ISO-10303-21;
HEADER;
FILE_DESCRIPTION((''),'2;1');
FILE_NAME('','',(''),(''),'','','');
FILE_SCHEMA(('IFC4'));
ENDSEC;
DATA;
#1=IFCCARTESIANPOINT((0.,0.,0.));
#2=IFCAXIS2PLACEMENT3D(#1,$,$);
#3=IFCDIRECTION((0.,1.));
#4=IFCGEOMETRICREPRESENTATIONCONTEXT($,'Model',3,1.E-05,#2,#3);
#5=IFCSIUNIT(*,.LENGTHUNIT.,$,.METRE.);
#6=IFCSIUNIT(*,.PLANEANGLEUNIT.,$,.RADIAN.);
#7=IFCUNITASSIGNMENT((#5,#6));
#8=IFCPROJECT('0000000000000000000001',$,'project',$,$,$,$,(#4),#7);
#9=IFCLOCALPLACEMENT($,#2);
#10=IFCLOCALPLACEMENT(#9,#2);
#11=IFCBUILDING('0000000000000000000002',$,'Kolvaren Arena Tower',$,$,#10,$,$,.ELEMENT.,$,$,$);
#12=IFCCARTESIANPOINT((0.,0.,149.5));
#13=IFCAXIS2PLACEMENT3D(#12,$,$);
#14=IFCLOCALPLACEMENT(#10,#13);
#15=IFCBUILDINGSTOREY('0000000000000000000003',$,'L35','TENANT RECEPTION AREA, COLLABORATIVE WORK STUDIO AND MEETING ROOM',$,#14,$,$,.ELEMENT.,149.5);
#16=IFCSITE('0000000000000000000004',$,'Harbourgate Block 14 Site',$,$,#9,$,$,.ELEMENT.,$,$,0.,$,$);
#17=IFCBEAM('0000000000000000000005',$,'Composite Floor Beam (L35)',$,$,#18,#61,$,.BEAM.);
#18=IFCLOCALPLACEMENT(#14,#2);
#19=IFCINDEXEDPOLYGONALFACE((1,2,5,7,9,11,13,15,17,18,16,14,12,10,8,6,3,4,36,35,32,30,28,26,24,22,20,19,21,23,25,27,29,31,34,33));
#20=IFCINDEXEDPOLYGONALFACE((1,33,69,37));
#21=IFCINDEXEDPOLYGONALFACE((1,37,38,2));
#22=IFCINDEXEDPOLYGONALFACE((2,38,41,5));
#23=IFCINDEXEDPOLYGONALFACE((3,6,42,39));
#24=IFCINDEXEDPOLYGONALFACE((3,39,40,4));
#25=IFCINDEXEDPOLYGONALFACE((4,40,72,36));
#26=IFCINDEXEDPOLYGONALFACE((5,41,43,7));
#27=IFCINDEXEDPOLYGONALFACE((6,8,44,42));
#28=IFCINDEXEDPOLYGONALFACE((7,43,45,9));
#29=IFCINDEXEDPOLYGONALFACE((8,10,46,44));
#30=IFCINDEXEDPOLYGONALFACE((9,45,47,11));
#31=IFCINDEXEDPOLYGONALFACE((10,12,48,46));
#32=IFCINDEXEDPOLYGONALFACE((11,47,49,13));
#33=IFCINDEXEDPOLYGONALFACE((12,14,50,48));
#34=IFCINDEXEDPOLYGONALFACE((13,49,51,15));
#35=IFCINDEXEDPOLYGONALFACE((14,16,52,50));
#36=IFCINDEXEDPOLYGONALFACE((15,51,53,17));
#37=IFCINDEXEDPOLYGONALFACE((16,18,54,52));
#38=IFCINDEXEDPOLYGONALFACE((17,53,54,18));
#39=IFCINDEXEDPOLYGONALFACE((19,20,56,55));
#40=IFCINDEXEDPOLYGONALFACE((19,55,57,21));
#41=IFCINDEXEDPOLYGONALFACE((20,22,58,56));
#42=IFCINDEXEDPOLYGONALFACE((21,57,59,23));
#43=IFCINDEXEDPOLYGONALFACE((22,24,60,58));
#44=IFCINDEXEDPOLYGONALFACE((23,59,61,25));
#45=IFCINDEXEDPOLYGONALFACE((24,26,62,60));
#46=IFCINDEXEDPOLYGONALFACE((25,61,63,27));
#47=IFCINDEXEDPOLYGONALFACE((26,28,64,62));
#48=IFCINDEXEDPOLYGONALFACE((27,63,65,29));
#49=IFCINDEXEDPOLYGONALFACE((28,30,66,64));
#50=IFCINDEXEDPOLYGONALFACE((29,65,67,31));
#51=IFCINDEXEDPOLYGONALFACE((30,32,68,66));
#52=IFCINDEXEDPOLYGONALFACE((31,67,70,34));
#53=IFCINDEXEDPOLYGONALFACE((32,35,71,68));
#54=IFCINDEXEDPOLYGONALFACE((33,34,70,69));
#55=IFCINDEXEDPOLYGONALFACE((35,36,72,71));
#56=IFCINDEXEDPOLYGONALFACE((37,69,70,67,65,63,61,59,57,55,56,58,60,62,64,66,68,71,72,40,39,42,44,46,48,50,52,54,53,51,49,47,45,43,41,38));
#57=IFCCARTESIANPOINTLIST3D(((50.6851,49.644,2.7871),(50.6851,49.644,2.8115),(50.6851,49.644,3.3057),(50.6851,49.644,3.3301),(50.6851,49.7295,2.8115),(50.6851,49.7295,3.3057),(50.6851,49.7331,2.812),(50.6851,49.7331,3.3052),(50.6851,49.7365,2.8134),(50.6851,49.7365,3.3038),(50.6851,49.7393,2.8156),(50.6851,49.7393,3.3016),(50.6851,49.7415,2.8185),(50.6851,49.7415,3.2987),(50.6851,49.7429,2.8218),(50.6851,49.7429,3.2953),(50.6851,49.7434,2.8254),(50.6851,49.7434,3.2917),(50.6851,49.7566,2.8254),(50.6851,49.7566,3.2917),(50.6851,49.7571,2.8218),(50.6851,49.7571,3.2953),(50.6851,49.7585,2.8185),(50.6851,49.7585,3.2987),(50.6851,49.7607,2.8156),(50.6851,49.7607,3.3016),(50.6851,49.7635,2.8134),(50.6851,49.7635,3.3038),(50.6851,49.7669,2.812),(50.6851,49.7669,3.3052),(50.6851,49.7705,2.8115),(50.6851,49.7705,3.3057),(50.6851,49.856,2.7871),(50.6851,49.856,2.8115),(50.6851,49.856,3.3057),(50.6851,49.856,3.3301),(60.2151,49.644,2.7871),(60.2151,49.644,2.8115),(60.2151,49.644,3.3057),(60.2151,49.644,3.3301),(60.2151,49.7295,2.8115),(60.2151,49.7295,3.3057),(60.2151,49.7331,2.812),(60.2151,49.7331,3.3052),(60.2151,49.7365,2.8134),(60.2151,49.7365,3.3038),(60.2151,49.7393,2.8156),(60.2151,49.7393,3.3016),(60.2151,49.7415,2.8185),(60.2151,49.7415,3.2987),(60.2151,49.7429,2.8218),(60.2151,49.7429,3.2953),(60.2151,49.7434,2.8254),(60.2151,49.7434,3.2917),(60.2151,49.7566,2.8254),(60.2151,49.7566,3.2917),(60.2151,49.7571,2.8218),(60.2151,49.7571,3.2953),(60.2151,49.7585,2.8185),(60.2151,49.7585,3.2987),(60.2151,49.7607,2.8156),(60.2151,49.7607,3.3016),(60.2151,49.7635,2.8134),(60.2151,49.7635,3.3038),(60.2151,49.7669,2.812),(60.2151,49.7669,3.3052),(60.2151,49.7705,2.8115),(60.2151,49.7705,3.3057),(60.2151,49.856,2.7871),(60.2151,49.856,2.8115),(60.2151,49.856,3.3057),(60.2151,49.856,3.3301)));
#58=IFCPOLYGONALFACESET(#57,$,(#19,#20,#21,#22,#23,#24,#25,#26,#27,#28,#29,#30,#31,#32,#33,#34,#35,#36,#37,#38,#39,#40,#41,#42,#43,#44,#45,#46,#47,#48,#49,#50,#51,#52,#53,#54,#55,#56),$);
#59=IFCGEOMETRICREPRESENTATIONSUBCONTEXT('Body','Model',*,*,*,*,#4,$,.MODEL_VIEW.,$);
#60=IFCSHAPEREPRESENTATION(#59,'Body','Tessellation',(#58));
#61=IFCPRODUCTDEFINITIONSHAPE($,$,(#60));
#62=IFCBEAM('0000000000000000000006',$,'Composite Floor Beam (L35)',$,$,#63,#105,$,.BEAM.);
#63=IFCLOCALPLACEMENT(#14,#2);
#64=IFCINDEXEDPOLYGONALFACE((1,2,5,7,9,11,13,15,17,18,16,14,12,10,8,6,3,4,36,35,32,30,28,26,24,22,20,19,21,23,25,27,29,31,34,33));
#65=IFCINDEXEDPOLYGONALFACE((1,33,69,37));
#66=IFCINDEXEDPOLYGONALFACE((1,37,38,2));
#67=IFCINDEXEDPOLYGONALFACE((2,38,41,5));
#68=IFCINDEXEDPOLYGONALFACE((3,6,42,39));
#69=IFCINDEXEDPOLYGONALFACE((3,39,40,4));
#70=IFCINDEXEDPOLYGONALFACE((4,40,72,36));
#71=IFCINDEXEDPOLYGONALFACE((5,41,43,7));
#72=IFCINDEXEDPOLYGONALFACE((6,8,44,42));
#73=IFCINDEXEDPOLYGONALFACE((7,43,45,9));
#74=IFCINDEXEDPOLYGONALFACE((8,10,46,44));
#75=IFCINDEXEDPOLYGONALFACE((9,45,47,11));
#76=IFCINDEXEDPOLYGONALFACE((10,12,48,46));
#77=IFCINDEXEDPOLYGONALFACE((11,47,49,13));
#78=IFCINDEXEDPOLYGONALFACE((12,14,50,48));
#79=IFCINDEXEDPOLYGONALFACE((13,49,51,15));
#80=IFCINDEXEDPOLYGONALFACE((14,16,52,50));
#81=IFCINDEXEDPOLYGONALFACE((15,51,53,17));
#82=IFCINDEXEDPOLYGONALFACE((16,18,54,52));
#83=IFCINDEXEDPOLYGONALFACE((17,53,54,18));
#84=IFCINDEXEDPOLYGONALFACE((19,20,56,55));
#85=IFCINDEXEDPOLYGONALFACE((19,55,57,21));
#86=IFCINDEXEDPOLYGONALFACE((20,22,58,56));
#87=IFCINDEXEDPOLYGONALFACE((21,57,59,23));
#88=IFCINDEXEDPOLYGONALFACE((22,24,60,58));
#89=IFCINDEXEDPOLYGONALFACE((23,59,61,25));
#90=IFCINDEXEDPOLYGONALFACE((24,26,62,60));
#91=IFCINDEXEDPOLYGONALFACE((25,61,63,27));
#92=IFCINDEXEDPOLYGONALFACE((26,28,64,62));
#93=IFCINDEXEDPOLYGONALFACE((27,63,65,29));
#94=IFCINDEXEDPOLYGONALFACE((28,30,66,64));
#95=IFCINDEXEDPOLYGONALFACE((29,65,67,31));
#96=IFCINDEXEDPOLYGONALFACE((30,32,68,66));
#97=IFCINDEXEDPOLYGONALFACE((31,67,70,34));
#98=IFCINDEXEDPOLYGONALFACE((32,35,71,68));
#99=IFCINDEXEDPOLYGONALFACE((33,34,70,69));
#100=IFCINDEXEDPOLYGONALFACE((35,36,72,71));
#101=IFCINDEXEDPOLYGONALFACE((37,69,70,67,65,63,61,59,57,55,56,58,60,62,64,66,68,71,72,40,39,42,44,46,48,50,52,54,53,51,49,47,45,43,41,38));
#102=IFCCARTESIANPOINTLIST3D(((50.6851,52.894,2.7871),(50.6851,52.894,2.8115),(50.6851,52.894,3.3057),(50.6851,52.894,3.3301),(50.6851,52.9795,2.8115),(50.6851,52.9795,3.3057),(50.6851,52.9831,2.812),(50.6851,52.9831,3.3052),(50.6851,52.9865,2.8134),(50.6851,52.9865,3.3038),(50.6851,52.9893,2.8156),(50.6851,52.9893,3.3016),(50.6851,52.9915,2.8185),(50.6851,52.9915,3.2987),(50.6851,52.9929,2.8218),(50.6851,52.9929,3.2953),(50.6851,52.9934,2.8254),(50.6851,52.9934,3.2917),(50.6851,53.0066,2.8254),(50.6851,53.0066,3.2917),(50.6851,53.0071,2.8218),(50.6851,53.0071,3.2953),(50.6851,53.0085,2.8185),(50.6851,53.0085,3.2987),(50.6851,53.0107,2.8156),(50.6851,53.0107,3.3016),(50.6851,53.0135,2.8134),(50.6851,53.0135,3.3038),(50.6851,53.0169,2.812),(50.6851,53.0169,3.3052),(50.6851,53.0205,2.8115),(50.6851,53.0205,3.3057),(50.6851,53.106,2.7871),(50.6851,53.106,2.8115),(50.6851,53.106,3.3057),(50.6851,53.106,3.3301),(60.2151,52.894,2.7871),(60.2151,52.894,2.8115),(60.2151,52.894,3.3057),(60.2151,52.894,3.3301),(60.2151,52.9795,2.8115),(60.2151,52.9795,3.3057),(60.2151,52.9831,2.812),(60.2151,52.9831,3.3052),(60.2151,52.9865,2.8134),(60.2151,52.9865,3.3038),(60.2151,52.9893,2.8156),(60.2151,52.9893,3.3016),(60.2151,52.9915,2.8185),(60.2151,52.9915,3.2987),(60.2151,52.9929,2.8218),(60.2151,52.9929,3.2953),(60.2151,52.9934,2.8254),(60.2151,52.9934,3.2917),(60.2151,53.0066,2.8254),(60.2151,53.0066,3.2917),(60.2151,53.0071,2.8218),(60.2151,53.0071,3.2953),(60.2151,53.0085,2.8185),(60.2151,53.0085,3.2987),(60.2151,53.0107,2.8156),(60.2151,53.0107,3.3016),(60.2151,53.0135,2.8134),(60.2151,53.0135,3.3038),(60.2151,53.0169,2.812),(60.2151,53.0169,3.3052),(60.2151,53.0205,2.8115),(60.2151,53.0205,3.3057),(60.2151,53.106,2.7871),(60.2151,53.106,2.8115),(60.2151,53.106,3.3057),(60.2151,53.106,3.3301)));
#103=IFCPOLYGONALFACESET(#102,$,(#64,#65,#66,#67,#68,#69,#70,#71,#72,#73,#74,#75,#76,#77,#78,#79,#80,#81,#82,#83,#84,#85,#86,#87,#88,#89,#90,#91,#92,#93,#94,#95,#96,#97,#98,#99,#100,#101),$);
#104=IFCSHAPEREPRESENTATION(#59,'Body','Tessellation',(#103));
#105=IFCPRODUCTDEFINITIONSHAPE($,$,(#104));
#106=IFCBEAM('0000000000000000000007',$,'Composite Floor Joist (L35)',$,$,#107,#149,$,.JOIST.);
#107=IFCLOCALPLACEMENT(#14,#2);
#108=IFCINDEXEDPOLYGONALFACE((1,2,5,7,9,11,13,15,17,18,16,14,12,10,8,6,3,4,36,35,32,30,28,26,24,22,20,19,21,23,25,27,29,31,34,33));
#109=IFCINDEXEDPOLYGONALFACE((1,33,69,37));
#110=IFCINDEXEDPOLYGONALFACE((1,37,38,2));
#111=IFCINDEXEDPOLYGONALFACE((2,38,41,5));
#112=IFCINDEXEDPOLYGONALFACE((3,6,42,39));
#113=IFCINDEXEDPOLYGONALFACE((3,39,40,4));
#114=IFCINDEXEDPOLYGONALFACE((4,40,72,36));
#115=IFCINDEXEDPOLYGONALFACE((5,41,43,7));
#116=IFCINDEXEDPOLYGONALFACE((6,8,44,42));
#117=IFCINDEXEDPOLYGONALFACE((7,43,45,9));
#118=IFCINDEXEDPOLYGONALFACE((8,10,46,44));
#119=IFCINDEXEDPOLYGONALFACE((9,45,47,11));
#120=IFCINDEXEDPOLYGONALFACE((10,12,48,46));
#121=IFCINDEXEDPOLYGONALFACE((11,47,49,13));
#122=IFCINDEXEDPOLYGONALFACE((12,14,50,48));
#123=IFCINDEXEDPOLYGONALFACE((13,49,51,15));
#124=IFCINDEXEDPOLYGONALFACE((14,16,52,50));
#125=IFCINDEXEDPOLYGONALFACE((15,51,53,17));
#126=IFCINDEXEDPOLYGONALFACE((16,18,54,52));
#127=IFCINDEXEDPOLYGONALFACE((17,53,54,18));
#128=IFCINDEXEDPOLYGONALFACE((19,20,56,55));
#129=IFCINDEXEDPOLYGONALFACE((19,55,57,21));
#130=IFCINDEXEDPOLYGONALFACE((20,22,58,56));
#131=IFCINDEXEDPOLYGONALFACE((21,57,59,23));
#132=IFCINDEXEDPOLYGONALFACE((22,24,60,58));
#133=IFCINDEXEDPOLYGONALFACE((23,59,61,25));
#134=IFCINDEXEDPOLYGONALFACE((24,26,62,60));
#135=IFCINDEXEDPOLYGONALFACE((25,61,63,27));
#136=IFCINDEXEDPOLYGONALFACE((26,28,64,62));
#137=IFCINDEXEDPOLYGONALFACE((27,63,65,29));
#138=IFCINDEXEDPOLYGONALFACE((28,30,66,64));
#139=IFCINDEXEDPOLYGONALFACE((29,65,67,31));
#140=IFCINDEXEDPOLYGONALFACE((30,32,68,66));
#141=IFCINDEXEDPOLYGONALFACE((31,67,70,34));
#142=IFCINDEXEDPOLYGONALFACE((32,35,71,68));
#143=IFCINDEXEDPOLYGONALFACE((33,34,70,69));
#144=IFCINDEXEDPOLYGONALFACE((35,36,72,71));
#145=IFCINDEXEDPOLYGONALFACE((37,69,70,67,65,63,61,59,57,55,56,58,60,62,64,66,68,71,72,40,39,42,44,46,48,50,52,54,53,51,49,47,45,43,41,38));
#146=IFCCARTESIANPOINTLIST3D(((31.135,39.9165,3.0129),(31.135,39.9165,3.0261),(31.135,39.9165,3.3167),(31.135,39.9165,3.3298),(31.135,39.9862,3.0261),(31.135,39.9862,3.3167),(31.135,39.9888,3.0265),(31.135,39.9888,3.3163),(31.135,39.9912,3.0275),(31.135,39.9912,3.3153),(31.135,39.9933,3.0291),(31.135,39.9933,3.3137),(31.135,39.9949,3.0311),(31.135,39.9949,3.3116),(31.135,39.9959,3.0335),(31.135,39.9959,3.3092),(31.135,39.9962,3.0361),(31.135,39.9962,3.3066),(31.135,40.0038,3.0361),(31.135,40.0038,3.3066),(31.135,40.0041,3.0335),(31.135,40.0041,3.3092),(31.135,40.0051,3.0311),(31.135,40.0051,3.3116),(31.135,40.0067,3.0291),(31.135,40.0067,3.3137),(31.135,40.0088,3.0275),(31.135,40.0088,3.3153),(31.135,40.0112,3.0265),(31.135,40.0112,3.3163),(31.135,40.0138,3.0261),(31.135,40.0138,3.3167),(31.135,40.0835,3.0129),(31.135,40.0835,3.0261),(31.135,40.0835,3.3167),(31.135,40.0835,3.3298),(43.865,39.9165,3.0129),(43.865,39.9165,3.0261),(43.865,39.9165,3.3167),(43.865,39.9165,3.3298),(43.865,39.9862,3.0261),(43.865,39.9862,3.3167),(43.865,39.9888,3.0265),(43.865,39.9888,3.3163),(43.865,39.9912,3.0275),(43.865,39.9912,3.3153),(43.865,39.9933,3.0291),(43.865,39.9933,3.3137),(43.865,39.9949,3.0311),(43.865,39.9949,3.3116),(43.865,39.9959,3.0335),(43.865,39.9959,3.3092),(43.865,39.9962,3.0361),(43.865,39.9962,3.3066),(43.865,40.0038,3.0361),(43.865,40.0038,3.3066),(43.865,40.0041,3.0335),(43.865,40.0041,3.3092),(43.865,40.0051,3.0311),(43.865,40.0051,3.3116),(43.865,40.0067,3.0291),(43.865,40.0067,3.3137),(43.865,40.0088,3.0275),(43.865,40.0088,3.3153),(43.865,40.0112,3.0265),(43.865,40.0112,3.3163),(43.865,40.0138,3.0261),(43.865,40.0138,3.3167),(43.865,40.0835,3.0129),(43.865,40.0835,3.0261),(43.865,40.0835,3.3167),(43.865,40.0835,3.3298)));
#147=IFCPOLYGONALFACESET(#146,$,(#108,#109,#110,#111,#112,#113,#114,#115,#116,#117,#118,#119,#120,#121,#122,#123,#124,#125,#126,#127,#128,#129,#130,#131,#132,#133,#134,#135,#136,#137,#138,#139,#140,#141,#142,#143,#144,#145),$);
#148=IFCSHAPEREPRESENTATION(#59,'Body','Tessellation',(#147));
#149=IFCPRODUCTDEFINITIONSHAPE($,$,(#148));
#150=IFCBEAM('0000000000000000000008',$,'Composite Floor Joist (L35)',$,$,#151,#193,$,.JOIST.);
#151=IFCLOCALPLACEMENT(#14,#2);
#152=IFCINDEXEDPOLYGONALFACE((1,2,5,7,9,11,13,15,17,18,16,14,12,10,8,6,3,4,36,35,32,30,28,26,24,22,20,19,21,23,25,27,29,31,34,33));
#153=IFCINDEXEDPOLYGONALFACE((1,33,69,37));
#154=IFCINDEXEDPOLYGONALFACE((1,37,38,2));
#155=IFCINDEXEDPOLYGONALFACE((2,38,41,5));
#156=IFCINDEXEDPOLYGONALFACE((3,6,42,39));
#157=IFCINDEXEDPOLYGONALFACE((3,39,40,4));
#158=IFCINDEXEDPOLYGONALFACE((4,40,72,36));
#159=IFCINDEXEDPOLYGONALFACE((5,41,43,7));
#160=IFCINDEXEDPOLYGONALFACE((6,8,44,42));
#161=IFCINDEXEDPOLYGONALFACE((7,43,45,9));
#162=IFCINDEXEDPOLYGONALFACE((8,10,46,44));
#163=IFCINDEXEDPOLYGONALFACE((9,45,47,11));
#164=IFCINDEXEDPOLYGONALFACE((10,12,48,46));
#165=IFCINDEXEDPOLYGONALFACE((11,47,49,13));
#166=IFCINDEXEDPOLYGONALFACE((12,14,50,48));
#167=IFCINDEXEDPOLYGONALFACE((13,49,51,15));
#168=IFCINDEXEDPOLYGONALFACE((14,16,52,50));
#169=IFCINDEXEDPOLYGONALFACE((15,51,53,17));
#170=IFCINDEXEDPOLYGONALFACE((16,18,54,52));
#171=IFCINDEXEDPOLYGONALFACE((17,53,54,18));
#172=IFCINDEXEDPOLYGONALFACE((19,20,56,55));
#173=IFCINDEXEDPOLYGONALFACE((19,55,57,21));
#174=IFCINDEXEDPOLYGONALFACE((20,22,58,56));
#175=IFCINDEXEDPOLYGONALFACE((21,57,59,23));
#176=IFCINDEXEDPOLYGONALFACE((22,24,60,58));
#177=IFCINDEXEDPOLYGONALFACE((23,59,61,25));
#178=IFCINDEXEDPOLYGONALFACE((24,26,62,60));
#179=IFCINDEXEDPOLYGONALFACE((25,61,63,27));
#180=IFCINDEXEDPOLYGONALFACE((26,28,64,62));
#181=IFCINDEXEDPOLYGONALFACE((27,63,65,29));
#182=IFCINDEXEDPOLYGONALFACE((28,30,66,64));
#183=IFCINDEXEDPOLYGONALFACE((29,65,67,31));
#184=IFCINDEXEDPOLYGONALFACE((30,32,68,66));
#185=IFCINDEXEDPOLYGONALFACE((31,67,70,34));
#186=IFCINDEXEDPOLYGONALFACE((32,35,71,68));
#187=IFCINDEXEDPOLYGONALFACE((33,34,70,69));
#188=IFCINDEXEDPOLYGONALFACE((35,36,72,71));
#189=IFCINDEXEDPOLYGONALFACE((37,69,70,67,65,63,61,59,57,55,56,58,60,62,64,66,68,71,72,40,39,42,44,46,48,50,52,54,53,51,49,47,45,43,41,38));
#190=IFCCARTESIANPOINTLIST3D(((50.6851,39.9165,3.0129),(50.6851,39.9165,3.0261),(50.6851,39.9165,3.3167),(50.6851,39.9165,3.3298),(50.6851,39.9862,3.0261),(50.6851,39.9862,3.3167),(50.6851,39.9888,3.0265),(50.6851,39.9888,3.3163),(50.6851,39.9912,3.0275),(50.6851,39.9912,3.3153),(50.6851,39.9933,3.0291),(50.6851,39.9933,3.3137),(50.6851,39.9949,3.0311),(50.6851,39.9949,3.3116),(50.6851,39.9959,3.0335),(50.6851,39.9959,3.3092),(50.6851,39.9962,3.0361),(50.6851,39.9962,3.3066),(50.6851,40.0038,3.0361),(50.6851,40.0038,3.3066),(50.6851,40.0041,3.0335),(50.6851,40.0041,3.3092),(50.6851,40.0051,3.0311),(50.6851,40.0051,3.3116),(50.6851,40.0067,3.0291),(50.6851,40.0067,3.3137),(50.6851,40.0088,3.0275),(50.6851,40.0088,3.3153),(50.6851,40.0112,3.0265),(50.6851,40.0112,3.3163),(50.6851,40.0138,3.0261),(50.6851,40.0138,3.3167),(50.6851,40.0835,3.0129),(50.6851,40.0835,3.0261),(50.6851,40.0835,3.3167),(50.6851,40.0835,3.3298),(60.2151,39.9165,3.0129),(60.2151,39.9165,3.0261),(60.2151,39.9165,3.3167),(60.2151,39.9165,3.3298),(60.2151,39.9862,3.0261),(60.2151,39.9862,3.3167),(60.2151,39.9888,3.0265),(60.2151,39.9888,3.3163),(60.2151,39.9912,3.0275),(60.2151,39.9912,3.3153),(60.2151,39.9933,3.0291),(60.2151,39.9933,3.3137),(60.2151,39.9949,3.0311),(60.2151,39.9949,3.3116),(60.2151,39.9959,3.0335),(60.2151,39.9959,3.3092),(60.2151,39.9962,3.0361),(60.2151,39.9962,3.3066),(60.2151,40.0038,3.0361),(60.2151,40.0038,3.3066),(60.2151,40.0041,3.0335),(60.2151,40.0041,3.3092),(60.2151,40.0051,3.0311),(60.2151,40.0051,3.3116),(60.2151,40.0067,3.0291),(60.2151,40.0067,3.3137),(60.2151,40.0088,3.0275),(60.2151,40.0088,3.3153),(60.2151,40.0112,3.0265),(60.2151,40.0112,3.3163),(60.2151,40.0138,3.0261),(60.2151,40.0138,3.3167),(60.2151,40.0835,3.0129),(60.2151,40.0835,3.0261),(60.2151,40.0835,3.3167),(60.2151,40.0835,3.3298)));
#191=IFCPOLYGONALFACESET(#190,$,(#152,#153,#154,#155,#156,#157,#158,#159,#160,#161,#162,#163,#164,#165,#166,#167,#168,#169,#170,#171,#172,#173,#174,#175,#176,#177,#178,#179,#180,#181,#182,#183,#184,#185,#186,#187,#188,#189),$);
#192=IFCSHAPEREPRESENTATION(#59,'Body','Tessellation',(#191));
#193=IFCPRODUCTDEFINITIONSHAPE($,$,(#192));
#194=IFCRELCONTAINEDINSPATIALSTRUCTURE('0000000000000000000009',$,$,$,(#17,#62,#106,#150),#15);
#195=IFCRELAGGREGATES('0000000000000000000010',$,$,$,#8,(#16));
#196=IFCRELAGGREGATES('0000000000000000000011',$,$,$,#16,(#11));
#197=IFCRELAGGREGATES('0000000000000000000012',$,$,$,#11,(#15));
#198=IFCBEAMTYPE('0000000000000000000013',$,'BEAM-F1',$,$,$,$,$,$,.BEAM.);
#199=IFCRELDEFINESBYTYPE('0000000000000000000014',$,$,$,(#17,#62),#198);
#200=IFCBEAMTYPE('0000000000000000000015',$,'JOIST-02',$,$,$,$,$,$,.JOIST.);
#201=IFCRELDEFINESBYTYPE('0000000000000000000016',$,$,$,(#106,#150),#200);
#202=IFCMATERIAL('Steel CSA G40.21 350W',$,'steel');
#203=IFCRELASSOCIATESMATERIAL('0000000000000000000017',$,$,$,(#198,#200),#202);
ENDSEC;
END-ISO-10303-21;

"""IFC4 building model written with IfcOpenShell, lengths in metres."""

from ifc_helpers import new_model, si_unit, direction, frame, origin, origin_2d, place, context, subcontext, project, spatial, i_section, extrude, material, material_profile, profile_set, type_object, element, save


model = new_model("IFC4")

# Units and contexts
model_context = context("Model", 3, precision=1e-05, world=origin(), true_north=direction((0.0, 1.0)))
body_context = subcontext(model_context, "Body", "Model", "MODEL_VIEW")
ifc_project = project(units=[si_unit("LENGTHUNIT", "METRE"), si_unit("PLANEANGLEUNIT", "RADIAN")], contexts=[model_context])

# Site, building, storey
site_placement = place(None, origin())
site = spatial("IfcSite", under=ifc_project, at=site_placement, Name="Harbourgate Block 14 Site", CompositionType="ELEMENT", RefElevation=0.0)
building_placement = place(site_placement, origin())
building = spatial("IfcBuilding", under=site, at=building_placement, Name="Kolvaren Arena Tower", CompositionType="ELEMENT")
storey_placement = place(building_placement, frame((0.0, 0.0, 149.5)))
storey = spatial("IfcBuildingStorey", under=building, at=storey_placement, Name="L35", Description="TENANT RECEPTION AREA, COLLABORATIVE WORK STUDIO AND MEETING ROOM", CompositionType="ELEMENT", Elevation=149.5)

# Beams
ifc_material_1 = material(Name="Steel CSA G40.21 350W", Category="steel")
ifc_material_profile_1 = material_profile(ifc_material_1, i_section(OverallWidth=0.2119, OverallDepth=0.543, WebThickness=0.0132, FlangeThickness=0.0244, FilletRadius=0.0139, at=origin_2d()), Name="W530x150")
ifc_profile_set_1 = profile_set([ifc_material_profile_1], Name="Steel CSA G40.21 350W")
beam_type_1 = type_object("IfcBeamType", Name="BEAM-F1", PredefinedType="BEAM", material=ifc_profile_set_1)
for number, where, z_axis, x_axis, name in (
    (1, (50.6851, 49.75, 3.0586), (1.0, 0.0, 0.0), (0.0, 1.0, 0.0), "Composite Floor Beam (L35)"),
    (2, (50.6851, 53.0, 3.0586), (1.0, 0.0, 0.0), (0.0, 1.0, 0.0), "Composite Floor Beam (L35)"),
):
    element("IfcBeam", number, at=place(storey_placement, frame(where, z_axis=z_axis, x_axis=x_axis)), inside=storey, type_object=beam_type_1, Name=name, PredefinedType="BEAM", context=body_context, shape_type="SweptSolid", body=[
        extrude(i_section(OverallWidth=0.2119, OverallDepth=0.543, WebThickness=0.0132, FlangeThickness=0.0244, FilletRadius=0.0139, at=origin_2d()), origin(), (0.0, 0.0, 1.0), 9.53),
    ])
ifc_material_profile_2 = material_profile(ifc_material_1, i_section(OverallWidth=0.167, OverallDepth=0.3169, WebThickness=0.0076, FlangeThickness=0.0132, FilletRadius=0.01, at=origin_2d()), Name="W310x52")
ifc_profile_set_2 = profile_set([ifc_material_profile_2], Name="Steel CSA G40.21 350W")
beam_type_2 = type_object("IfcBeamType", Name="JOIST-02", PredefinedType="JOIST", material=ifc_profile_set_2)
beam_1_placement = place(storey_placement, frame((31.135, 40.0, 3.1714), z_axis=(1.0, 0.0, 0.0), x_axis=(0.0, 1.0, 0.0)))
element("IfcBeam", 3, at=beam_1_placement, inside=storey, type_object=beam_type_2, Name="Composite Floor Joist (L35)", PredefinedType="JOIST", context=body_context, shape_type="SweptSolid", body=[
    extrude(i_section(OverallWidth=0.167, OverallDepth=0.3169, WebThickness=0.0076, FlangeThickness=0.0132, FilletRadius=0.01, at=origin_2d()), origin(), (0.0, 0.0, 1.0), 12.73),
])
beam_2_placement = place(storey_placement, frame((50.6851, 40.0, 3.1714), z_axis=(1.0, 0.0, 0.0), x_axis=(0.0, 1.0, 0.0)))
element("IfcBeam", 4, at=beam_2_placement, inside=storey, type_object=beam_type_2, Name="Composite Floor Joist (L35)", PredefinedType="JOIST", context=body_context, shape_type="SweptSolid", body=[
    extrude(i_section(OverallWidth=0.167, OverallDepth=0.3169, WebThickness=0.0076, FlangeThickness=0.0132, FilletRadius=0.01, at=origin_2d()), origin(), (0.0, 0.0, 1.0), 9.53),
])

save(model, "model.ifc")
